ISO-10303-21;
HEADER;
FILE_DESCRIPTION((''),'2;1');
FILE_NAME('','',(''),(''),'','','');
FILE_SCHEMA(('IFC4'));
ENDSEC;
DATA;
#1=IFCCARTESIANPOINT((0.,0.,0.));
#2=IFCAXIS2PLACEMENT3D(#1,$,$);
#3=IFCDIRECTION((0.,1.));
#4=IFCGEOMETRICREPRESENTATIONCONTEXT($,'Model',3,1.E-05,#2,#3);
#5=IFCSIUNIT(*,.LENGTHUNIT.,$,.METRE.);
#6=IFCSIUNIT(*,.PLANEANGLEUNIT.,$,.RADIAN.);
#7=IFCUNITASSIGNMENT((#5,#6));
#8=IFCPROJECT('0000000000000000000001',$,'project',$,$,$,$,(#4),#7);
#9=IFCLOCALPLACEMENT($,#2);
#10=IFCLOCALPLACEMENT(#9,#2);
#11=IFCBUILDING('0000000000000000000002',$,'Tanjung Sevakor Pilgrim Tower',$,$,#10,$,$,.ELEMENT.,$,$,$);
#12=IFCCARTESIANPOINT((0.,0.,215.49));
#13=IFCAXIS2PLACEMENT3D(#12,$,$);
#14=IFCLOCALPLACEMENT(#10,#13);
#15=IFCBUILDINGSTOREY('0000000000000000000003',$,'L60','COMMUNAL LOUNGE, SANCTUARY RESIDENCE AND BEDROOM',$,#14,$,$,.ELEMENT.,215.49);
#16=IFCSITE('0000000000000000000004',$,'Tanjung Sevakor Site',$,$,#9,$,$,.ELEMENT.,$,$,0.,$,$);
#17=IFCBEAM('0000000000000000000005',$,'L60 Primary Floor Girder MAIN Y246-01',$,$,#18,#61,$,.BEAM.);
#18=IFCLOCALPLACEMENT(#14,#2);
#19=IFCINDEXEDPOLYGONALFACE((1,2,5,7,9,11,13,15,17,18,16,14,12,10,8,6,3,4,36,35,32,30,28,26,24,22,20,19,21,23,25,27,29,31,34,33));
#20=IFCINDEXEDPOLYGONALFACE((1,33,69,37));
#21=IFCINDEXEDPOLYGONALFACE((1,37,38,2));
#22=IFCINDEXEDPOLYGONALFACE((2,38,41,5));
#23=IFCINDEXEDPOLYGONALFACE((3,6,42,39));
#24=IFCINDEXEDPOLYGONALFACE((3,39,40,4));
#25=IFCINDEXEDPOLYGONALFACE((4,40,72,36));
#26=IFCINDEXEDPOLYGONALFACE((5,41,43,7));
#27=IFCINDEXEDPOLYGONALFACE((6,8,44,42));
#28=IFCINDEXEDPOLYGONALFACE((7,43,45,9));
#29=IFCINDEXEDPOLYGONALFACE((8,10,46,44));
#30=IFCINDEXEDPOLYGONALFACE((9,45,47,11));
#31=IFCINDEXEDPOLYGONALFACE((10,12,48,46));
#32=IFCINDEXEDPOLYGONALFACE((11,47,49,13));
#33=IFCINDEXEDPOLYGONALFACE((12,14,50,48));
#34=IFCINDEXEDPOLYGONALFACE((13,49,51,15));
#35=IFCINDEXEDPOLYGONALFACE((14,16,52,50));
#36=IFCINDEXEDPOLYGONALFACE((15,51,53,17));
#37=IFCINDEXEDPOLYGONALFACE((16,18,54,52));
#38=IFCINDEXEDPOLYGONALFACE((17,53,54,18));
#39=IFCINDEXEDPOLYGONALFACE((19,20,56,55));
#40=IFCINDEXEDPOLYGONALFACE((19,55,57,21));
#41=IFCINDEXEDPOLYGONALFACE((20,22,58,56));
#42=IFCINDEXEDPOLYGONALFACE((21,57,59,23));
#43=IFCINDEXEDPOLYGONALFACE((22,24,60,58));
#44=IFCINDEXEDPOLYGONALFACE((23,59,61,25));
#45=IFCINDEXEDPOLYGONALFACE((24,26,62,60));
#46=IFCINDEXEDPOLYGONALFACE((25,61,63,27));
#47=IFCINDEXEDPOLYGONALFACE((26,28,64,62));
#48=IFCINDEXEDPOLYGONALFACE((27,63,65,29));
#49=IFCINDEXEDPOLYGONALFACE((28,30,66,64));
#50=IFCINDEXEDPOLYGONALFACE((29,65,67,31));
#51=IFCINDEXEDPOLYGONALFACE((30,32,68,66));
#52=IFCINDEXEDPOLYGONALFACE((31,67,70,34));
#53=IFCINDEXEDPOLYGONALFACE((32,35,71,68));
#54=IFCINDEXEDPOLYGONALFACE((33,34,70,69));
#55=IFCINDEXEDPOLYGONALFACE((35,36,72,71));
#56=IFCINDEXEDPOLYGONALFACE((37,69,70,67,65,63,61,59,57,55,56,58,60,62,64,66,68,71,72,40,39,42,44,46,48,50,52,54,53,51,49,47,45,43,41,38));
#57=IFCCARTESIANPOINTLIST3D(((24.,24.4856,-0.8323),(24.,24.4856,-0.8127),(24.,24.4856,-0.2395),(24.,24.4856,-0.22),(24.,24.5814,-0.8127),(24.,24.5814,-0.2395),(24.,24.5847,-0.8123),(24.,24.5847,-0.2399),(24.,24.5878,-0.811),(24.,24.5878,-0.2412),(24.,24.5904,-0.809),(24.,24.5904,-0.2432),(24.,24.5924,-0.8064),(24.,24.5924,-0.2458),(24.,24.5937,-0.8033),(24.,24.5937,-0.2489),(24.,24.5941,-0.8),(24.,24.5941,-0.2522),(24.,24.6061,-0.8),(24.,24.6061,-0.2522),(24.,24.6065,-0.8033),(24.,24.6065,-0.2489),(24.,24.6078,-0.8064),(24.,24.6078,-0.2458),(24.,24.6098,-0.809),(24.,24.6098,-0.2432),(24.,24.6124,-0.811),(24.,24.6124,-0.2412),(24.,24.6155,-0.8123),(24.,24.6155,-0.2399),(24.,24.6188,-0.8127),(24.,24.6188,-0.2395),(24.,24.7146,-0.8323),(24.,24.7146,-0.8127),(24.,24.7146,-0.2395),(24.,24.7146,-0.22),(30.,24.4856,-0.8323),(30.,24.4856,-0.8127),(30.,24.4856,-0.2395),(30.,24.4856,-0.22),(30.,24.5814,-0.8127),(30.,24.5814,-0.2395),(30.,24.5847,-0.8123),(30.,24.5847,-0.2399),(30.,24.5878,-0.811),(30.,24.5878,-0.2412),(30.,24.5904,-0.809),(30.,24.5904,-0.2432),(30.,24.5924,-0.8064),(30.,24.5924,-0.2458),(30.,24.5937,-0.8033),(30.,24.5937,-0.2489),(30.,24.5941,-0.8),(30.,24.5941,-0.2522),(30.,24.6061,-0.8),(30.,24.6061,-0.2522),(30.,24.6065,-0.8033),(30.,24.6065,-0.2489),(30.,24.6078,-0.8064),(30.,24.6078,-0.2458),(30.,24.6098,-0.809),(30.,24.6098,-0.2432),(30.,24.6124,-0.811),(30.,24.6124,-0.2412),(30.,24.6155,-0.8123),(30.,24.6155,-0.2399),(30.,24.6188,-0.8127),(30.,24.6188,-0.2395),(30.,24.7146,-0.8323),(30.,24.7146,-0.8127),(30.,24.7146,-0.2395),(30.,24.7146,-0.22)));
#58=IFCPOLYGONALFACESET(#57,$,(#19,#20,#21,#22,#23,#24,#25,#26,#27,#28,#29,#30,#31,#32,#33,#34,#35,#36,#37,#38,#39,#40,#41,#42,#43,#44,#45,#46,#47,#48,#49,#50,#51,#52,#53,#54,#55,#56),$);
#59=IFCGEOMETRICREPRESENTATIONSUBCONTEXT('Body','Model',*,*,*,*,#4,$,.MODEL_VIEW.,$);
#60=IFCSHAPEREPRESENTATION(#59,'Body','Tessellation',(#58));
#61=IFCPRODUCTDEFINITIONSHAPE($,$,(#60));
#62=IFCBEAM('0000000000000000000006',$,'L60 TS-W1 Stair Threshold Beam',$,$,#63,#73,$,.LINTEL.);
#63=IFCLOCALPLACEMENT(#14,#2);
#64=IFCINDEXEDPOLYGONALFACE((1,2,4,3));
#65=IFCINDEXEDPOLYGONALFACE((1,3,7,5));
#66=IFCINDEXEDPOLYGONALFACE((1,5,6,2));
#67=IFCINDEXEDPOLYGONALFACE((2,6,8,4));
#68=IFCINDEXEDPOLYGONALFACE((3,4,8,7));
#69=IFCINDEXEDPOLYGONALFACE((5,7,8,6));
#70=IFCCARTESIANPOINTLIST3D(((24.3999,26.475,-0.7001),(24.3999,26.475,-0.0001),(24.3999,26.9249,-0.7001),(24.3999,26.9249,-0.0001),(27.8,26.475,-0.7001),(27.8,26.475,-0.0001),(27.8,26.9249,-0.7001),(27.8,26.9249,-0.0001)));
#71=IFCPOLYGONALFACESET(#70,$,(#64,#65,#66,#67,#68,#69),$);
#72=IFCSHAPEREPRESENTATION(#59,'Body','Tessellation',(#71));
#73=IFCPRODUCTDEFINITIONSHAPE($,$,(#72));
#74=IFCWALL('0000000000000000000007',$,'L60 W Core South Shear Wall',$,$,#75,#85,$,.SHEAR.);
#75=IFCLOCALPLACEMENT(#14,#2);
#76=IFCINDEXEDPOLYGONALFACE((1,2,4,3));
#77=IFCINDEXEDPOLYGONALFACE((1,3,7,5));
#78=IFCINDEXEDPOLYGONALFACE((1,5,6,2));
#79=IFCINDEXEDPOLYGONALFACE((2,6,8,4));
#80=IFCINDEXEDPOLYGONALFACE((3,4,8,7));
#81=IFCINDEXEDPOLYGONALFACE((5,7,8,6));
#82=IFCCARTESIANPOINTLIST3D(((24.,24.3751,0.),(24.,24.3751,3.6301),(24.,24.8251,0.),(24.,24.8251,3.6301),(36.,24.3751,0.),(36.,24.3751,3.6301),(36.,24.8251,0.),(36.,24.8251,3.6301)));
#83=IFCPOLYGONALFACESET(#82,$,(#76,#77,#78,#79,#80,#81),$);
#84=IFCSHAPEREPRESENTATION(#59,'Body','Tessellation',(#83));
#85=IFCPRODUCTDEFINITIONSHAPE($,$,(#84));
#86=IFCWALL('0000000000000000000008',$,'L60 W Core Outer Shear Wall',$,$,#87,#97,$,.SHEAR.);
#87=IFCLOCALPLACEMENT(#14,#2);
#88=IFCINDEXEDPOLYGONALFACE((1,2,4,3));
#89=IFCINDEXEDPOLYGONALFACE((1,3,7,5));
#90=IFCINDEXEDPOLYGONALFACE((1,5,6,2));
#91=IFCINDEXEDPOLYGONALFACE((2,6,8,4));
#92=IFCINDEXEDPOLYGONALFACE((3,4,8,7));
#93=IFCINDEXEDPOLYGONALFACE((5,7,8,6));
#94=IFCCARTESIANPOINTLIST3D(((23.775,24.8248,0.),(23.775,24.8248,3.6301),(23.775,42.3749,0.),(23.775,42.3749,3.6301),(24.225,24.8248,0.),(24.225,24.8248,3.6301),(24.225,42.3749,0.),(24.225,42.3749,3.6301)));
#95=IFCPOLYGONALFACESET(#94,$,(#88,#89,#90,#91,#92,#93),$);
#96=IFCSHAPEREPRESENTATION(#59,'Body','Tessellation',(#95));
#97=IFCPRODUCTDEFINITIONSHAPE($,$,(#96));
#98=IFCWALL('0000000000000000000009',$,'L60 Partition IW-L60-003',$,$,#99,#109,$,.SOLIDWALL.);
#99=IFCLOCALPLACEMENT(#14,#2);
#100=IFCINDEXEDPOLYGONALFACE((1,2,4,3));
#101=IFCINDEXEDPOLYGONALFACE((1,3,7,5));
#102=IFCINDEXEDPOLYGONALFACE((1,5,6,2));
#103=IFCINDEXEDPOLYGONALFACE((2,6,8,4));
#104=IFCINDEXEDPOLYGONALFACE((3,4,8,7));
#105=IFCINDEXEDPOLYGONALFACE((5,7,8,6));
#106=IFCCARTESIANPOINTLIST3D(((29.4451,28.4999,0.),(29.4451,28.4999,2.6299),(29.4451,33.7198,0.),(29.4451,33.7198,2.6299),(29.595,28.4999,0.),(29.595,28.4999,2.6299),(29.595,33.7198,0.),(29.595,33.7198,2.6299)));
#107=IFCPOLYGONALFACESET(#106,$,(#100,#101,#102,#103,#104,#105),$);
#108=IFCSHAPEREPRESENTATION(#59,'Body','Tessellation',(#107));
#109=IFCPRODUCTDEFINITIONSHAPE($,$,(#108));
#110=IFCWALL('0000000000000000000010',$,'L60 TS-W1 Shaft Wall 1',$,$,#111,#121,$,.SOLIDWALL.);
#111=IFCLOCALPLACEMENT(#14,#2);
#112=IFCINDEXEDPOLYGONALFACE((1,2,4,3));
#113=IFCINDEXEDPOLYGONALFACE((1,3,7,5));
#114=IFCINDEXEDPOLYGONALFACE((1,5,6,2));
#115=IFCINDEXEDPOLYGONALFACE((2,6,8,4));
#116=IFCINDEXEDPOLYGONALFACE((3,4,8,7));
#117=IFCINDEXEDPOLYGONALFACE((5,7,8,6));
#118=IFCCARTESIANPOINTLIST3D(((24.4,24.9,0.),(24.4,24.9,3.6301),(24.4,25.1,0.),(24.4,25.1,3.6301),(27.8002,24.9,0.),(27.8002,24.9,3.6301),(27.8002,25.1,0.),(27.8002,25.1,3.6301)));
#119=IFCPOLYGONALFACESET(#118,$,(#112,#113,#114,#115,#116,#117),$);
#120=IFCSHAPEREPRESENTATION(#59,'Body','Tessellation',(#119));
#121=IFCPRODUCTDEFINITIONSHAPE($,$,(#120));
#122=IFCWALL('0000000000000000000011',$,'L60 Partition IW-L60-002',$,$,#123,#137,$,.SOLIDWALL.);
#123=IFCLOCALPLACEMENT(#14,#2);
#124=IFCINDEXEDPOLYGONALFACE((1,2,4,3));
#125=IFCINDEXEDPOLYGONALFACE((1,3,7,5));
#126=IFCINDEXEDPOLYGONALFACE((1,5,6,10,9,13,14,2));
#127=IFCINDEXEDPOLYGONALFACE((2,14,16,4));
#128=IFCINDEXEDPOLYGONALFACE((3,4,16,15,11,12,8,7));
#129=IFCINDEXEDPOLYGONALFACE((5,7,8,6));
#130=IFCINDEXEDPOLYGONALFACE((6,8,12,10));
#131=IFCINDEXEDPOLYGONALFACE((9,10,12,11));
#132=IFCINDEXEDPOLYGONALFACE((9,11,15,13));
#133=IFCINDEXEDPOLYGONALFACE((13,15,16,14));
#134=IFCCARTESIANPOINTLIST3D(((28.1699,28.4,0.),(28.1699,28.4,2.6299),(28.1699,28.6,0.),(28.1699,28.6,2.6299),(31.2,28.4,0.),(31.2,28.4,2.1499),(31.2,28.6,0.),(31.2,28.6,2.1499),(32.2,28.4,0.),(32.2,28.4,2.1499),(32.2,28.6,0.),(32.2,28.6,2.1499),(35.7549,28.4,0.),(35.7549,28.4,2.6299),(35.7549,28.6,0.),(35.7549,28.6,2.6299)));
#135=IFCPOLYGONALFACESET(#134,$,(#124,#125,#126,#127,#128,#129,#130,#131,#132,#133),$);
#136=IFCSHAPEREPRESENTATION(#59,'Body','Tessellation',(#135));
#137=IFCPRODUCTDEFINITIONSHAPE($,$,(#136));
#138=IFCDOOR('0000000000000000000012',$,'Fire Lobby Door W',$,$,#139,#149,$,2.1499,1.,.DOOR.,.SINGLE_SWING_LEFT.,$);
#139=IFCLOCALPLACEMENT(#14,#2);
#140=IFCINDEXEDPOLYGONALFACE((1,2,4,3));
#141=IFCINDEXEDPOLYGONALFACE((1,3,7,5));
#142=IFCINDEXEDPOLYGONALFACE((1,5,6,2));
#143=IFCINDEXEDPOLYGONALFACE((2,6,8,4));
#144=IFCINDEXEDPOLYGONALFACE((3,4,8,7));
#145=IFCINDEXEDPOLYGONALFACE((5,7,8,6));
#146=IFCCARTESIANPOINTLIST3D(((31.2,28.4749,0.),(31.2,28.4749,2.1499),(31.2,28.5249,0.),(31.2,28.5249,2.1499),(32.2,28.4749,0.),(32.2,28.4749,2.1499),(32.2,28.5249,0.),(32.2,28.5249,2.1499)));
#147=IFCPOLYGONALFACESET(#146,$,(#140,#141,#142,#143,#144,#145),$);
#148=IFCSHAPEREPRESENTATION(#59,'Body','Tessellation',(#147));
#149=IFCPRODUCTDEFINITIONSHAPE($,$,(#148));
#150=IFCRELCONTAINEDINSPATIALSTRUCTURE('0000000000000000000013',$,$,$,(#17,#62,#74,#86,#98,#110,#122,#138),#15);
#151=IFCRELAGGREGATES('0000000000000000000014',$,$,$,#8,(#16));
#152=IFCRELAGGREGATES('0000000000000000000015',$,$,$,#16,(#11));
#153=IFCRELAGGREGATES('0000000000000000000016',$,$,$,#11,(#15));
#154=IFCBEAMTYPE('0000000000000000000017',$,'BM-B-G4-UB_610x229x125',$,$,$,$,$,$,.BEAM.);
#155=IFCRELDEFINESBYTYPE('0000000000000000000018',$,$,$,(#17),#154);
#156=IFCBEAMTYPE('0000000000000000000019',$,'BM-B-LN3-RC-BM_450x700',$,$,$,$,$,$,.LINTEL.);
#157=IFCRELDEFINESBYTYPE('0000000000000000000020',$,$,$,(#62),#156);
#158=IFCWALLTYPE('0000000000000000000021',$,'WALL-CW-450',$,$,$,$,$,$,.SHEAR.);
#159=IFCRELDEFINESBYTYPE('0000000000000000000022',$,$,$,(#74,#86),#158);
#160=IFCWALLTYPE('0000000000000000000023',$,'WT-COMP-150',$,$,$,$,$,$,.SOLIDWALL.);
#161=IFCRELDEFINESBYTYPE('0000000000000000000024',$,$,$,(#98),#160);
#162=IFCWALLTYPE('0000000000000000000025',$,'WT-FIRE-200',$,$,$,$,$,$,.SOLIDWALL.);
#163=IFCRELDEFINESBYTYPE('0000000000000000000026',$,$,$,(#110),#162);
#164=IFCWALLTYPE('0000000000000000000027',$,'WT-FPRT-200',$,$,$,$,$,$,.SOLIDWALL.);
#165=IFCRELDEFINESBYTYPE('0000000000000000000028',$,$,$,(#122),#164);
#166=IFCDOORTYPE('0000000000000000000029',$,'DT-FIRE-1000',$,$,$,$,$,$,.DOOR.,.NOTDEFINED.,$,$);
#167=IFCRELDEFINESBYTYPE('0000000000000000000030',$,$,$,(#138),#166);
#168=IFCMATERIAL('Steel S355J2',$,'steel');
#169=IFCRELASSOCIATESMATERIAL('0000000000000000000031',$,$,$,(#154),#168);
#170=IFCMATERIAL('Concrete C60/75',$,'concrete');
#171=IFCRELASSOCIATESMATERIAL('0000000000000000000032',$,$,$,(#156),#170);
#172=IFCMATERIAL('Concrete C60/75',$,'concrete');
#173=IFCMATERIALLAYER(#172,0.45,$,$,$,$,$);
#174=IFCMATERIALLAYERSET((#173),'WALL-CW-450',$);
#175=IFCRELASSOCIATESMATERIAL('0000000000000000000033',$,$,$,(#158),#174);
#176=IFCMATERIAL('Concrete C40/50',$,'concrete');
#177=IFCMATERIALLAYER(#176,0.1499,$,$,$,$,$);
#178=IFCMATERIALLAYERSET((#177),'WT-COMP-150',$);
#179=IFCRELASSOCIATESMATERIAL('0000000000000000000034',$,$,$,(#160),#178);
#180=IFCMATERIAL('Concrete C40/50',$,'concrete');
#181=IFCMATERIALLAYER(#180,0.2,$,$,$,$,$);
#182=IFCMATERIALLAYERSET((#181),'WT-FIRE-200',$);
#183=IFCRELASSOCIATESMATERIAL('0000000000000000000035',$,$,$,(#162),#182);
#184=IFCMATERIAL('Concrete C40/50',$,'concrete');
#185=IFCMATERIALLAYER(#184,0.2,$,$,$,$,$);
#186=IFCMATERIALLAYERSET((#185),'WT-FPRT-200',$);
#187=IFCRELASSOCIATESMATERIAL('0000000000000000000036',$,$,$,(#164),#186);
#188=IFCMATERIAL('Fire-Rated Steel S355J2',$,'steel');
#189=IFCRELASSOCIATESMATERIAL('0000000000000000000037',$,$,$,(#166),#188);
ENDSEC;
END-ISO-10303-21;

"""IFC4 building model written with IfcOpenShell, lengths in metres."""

from ifc_helpers import new_model, si_unit, direction, frame, frame_2d, origin, origin_2d, place, context, subcontext, project, spatial, rectangle, i_section, extrude, material, layer, layer_set, material_profile, profile_set, type_object, element, fill, save


model = new_model("IFC4")

# Units and contexts
model_context = context("Model", 3, precision=1e-05, world=origin(), true_north=direction((0.0, 1.0)))
body_context = subcontext(model_context, "Body", "Model", "MODEL_VIEW")
ifc_project = project(units=[si_unit("LENGTHUNIT", "METRE"), si_unit("PLANEANGLEUNIT", "RADIAN")], contexts=[model_context])

# Site, building, storey
site_placement = place(None, origin())
site = spatial("IfcSite", under=ifc_project, at=site_placement, Name="Tanjung Sevakor Site", CompositionType="ELEMENT", RefElevation=0.0)
building_placement = place(site_placement, origin())
building = spatial("IfcBuilding", under=site, at=building_placement, Name="Tanjung Sevakor Pilgrim Tower", CompositionType="ELEMENT")
storey_placement = place(building_placement, frame((0.0, 0.0, 215.49)))
storey = spatial("IfcBuildingStorey", under=building, at=storey_placement, Name="L60", Description="COMMUNAL LOUNGE, SANCTUARY RESIDENCE AND BEDROOM", CompositionType="ELEMENT", Elevation=215.49)

# Beams
ifc_material_1 = material(Name="Steel S355J2", Category="steel")
ifc_material_profile_1 = material_profile(ifc_material_1, i_section(OverallWidth=0.229, OverallDepth=0.6123, WebThickness=0.012, FlangeThickness=0.0195, FilletRadius=0.0127, at=origin_2d()))
ifc_profile_set_1 = profile_set([ifc_material_profile_1], Name="Steel S355J2")
beam_type_1 = type_object("IfcBeamType", Name="BM-B-G4-UB_610x229x125", PredefinedType="BEAM", material=ifc_profile_set_1)
beam_1_placement = place(storey_placement, frame((24.0, 24.6001, -0.5261), z_axis=(1.0, 0.0, 0.0), x_axis=(0.0, 1.0, 0.0)))
element("IfcBeam", 1, at=beam_1_placement, inside=storey, type_object=beam_type_1, Name="L60 Primary Floor Girder MAIN Y246-01", PredefinedType="BEAM", context=body_context, shape_type="SweptSolid", body=[
    extrude(i_section(OverallWidth=0.229, OverallDepth=0.6123, WebThickness=0.012, FlangeThickness=0.0195, FilletRadius=0.0127, at=origin_2d()), origin(), (0.0, 0.0, 1.0), 6.0),
])
ifc_material_2 = material(Name="Concrete C60/75", Category="concrete")
ifc_material_profile_2 = material_profile(ifc_material_2, rectangle(XDim=0.45, YDim=0.7, at=origin_2d()))
ifc_profile_set_2 = profile_set([ifc_material_profile_2], Name="Concrete C60/75")
beam_type_2 = type_object("IfcBeamType", Name="BM-B-LN3-RC-BM_450x700", PredefinedType="LINTEL", material=ifc_profile_set_2)
beam_2_placement = place(storey_placement, frame((24.3999, 26.7, -0.3501), z_axis=(1.0, 0.0, 0.0), x_axis=(0.0, 1.0, 0.0)))
element("IfcBeam", 2, at=beam_2_placement, inside=storey, type_object=beam_type_2, Name="L60 TS-W1 Stair Threshold Beam", PredefinedType="LINTEL", context=body_context, shape_type="SweptSolid", body=[
    extrude(rectangle(XDim=0.45, YDim=0.7, at=origin_2d()), origin(), (0.0, 0.0, 1.0), 3.4001),
])

# Walls
ifc_material_3 = material(Name="Concrete C60/75", Category="concrete")
ifc_layer_1 = layer(ifc_material_3, 0.45)
ifc_layer_set_1 = layer_set([ifc_layer_1], Name="WALL-CW-450")
wall_type_1 = type_object("IfcWallType", Name="WALL-CW-450", PredefinedType="SHEAR", material=ifc_layer_set_1)
wall_1_placement = place(storey_placement, frame((24.0, 24.6001, 0.0), z_axis=(0.0, 0.0, 1.0), x_axis=(1.0, 0.0, 0.0)))
element("IfcWall", 3, at=wall_1_placement, inside=storey, type_object=wall_type_1, Name="L60 W Core South Shear Wall", PredefinedType="SHEAR", context=body_context, shape_type="SweptSolid", body=[
    extrude(rectangle(XDim=12.0, YDim=0.45, at=frame_2d((6.0, 0.0))), origin(), (0.0, 0.0, 1.0), 3.6301),
])
wall_2_placement = place(storey_placement, frame((24.0, 24.825, 0.0), z_axis=(0.0, 0.0, 1.0), x_axis=(0.0, 1.0, 0.0)))
element("IfcWall", 4, at=wall_2_placement, inside=storey, type_object=wall_type_1, Name="L60 W Core Outer Shear Wall", PredefinedType="SHEAR", context=body_context, shape_type="SweptSolid", body=[
    extrude(rectangle(XDim=17.55, YDim=0.45, at=frame_2d((8.7749, 0.0))), origin(), (0.0, 0.0, 1.0), 3.6301),
])

# Wall
ifc_material_4 = material(Name="Concrete C40/50", Category="concrete")
ifc_layer_2 = layer(ifc_material_4, 0.1499)
ifc_layer_set_2 = layer_set([ifc_layer_2], Name="WT-COMP-150")
wall_type_2 = type_object("IfcWallType", Name="WT-COMP-150", PredefinedType="SOLIDWALL", material=ifc_layer_set_2)
wall_3_placement = place(storey_placement, frame((29.52, 28.5, 0.0), z_axis=(0.0, 0.0, 1.0), x_axis=(0.0, 1.0, 0.0)))
element("IfcWall", 5, at=wall_3_placement, inside=storey, type_object=wall_type_2, Name="L60 Partition IW-L60-003", PredefinedType="SOLIDWALL", context=body_context, shape_type="SweptSolid", body=[
    extrude(rectangle(XDim=5.22, YDim=0.1499, at=frame_2d((2.6099, 0.0))), origin(), (0.0, 0.0, 1.0), 2.6299),
])

# Wall
ifc_material_5 = material(Name="Concrete C40/50", Category="concrete")
ifc_layer_3 = layer(ifc_material_5, 0.2)
ifc_layer_set_3 = layer_set([ifc_layer_3], Name="WT-FIRE-200")
wall_type_3 = type_object("IfcWallType", Name="WT-FIRE-200", PredefinedType="SOLIDWALL", material=ifc_layer_set_3)
wall_4_placement = place(storey_placement, frame((24.3999, 25.0, 0.0), z_axis=(0.0, 0.0, 1.0), x_axis=(1.0, 0.0, 0.0)))
element("IfcWall", 6, at=wall_4_placement, inside=storey, type_object=wall_type_3, Name="L60 TS-W1 Shaft Wall 1", PredefinedType="SOLIDWALL", context=body_context, shape_type="SweptSolid", body=[
    extrude(rectangle(XDim=3.4001, YDim=0.2, at=frame_2d((1.7002, 0.0))), origin(), (0.0, 0.0, 1.0), 3.6301),
])

# Wall, opening, door
ifc_material_6 = material(Name="Concrete C40/50", Category="concrete")
ifc_layer_4 = layer(ifc_material_6, 0.2)
ifc_layer_set_4 = layer_set([ifc_layer_4], Name="WT-FPRT-200")
wall_type_4 = type_object("IfcWallType", Name="WT-FPRT-200", PredefinedType="SOLIDWALL", material=ifc_layer_set_4)
wall_5_placement = place(storey_placement, frame((28.1699, 28.5, 0.0), z_axis=(0.0, 0.0, 1.0), x_axis=(1.0, 0.0, 0.0)))
wall_5 = element("IfcWall", 7, at=wall_5_placement, inside=storey, type_object=wall_type_4, Name="L60 Partition IW-L60-002", PredefinedType="SOLIDWALL", context=body_context, shape_type="SweptSolid", body=[
    extrude(rectangle(XDim=7.585, YDim=0.2, at=frame_2d((3.7925, 0.0))), origin(), (0.0, 0.0, 1.0), 2.6299),
])
opening_1_placement = place(wall_5_placement, frame((3.03, 0.0, 0.0)))
opening_1 = element("IfcOpeningElement", 8, at=opening_1_placement, cuts=wall_5, PredefinedType="OPENING", context=body_context, shape_type="SweptSolid", body=[
    extrude(rectangle(XDim=1.0, YDim=2.1499, at=frame_2d((0.5, 1.075))), frame((0.0, 0.1099, 0.0), z_axis=(0.0, -1.0, 0.0), x_axis=(1.0, 0.0, 0.0)), (0.0, 0.0, 1.0), 0.22),
])
ifc_material_7 = material(Name="Fire-Rated Steel S355J2", Category="steel")
door_type_1 = type_object("IfcDoorType", Name="DT-FIRE-1000", OperationType="NOTDEFINED", PredefinedType="DOOR", material=ifc_material_7)
door_1_placement = place(opening_1_placement, origin())
door_1 = element("IfcDoor", 9, at=door_1_placement, inside=storey, type_object=door_type_1, Name="Fire Lobby Door W", OperationType="SINGLE_SWING_LEFT", OverallHeight=2.1499, OverallWidth=1.0, PredefinedType="DOOR", context=body_context, shape_type="SweptSolid", body=[
    extrude(rectangle(XDim=1.0, YDim=2.1499, at=frame_2d((0.5, 1.075))), frame((0.0, 0.0249, 0.0), z_axis=(0.0, -1.0, 0.0), x_axis=(1.0, 0.0, 0.0)), (0.0, 0.0, 1.0), 0.05),
])
fill(opening_1, door_1)

save(model, "model.ifc")
